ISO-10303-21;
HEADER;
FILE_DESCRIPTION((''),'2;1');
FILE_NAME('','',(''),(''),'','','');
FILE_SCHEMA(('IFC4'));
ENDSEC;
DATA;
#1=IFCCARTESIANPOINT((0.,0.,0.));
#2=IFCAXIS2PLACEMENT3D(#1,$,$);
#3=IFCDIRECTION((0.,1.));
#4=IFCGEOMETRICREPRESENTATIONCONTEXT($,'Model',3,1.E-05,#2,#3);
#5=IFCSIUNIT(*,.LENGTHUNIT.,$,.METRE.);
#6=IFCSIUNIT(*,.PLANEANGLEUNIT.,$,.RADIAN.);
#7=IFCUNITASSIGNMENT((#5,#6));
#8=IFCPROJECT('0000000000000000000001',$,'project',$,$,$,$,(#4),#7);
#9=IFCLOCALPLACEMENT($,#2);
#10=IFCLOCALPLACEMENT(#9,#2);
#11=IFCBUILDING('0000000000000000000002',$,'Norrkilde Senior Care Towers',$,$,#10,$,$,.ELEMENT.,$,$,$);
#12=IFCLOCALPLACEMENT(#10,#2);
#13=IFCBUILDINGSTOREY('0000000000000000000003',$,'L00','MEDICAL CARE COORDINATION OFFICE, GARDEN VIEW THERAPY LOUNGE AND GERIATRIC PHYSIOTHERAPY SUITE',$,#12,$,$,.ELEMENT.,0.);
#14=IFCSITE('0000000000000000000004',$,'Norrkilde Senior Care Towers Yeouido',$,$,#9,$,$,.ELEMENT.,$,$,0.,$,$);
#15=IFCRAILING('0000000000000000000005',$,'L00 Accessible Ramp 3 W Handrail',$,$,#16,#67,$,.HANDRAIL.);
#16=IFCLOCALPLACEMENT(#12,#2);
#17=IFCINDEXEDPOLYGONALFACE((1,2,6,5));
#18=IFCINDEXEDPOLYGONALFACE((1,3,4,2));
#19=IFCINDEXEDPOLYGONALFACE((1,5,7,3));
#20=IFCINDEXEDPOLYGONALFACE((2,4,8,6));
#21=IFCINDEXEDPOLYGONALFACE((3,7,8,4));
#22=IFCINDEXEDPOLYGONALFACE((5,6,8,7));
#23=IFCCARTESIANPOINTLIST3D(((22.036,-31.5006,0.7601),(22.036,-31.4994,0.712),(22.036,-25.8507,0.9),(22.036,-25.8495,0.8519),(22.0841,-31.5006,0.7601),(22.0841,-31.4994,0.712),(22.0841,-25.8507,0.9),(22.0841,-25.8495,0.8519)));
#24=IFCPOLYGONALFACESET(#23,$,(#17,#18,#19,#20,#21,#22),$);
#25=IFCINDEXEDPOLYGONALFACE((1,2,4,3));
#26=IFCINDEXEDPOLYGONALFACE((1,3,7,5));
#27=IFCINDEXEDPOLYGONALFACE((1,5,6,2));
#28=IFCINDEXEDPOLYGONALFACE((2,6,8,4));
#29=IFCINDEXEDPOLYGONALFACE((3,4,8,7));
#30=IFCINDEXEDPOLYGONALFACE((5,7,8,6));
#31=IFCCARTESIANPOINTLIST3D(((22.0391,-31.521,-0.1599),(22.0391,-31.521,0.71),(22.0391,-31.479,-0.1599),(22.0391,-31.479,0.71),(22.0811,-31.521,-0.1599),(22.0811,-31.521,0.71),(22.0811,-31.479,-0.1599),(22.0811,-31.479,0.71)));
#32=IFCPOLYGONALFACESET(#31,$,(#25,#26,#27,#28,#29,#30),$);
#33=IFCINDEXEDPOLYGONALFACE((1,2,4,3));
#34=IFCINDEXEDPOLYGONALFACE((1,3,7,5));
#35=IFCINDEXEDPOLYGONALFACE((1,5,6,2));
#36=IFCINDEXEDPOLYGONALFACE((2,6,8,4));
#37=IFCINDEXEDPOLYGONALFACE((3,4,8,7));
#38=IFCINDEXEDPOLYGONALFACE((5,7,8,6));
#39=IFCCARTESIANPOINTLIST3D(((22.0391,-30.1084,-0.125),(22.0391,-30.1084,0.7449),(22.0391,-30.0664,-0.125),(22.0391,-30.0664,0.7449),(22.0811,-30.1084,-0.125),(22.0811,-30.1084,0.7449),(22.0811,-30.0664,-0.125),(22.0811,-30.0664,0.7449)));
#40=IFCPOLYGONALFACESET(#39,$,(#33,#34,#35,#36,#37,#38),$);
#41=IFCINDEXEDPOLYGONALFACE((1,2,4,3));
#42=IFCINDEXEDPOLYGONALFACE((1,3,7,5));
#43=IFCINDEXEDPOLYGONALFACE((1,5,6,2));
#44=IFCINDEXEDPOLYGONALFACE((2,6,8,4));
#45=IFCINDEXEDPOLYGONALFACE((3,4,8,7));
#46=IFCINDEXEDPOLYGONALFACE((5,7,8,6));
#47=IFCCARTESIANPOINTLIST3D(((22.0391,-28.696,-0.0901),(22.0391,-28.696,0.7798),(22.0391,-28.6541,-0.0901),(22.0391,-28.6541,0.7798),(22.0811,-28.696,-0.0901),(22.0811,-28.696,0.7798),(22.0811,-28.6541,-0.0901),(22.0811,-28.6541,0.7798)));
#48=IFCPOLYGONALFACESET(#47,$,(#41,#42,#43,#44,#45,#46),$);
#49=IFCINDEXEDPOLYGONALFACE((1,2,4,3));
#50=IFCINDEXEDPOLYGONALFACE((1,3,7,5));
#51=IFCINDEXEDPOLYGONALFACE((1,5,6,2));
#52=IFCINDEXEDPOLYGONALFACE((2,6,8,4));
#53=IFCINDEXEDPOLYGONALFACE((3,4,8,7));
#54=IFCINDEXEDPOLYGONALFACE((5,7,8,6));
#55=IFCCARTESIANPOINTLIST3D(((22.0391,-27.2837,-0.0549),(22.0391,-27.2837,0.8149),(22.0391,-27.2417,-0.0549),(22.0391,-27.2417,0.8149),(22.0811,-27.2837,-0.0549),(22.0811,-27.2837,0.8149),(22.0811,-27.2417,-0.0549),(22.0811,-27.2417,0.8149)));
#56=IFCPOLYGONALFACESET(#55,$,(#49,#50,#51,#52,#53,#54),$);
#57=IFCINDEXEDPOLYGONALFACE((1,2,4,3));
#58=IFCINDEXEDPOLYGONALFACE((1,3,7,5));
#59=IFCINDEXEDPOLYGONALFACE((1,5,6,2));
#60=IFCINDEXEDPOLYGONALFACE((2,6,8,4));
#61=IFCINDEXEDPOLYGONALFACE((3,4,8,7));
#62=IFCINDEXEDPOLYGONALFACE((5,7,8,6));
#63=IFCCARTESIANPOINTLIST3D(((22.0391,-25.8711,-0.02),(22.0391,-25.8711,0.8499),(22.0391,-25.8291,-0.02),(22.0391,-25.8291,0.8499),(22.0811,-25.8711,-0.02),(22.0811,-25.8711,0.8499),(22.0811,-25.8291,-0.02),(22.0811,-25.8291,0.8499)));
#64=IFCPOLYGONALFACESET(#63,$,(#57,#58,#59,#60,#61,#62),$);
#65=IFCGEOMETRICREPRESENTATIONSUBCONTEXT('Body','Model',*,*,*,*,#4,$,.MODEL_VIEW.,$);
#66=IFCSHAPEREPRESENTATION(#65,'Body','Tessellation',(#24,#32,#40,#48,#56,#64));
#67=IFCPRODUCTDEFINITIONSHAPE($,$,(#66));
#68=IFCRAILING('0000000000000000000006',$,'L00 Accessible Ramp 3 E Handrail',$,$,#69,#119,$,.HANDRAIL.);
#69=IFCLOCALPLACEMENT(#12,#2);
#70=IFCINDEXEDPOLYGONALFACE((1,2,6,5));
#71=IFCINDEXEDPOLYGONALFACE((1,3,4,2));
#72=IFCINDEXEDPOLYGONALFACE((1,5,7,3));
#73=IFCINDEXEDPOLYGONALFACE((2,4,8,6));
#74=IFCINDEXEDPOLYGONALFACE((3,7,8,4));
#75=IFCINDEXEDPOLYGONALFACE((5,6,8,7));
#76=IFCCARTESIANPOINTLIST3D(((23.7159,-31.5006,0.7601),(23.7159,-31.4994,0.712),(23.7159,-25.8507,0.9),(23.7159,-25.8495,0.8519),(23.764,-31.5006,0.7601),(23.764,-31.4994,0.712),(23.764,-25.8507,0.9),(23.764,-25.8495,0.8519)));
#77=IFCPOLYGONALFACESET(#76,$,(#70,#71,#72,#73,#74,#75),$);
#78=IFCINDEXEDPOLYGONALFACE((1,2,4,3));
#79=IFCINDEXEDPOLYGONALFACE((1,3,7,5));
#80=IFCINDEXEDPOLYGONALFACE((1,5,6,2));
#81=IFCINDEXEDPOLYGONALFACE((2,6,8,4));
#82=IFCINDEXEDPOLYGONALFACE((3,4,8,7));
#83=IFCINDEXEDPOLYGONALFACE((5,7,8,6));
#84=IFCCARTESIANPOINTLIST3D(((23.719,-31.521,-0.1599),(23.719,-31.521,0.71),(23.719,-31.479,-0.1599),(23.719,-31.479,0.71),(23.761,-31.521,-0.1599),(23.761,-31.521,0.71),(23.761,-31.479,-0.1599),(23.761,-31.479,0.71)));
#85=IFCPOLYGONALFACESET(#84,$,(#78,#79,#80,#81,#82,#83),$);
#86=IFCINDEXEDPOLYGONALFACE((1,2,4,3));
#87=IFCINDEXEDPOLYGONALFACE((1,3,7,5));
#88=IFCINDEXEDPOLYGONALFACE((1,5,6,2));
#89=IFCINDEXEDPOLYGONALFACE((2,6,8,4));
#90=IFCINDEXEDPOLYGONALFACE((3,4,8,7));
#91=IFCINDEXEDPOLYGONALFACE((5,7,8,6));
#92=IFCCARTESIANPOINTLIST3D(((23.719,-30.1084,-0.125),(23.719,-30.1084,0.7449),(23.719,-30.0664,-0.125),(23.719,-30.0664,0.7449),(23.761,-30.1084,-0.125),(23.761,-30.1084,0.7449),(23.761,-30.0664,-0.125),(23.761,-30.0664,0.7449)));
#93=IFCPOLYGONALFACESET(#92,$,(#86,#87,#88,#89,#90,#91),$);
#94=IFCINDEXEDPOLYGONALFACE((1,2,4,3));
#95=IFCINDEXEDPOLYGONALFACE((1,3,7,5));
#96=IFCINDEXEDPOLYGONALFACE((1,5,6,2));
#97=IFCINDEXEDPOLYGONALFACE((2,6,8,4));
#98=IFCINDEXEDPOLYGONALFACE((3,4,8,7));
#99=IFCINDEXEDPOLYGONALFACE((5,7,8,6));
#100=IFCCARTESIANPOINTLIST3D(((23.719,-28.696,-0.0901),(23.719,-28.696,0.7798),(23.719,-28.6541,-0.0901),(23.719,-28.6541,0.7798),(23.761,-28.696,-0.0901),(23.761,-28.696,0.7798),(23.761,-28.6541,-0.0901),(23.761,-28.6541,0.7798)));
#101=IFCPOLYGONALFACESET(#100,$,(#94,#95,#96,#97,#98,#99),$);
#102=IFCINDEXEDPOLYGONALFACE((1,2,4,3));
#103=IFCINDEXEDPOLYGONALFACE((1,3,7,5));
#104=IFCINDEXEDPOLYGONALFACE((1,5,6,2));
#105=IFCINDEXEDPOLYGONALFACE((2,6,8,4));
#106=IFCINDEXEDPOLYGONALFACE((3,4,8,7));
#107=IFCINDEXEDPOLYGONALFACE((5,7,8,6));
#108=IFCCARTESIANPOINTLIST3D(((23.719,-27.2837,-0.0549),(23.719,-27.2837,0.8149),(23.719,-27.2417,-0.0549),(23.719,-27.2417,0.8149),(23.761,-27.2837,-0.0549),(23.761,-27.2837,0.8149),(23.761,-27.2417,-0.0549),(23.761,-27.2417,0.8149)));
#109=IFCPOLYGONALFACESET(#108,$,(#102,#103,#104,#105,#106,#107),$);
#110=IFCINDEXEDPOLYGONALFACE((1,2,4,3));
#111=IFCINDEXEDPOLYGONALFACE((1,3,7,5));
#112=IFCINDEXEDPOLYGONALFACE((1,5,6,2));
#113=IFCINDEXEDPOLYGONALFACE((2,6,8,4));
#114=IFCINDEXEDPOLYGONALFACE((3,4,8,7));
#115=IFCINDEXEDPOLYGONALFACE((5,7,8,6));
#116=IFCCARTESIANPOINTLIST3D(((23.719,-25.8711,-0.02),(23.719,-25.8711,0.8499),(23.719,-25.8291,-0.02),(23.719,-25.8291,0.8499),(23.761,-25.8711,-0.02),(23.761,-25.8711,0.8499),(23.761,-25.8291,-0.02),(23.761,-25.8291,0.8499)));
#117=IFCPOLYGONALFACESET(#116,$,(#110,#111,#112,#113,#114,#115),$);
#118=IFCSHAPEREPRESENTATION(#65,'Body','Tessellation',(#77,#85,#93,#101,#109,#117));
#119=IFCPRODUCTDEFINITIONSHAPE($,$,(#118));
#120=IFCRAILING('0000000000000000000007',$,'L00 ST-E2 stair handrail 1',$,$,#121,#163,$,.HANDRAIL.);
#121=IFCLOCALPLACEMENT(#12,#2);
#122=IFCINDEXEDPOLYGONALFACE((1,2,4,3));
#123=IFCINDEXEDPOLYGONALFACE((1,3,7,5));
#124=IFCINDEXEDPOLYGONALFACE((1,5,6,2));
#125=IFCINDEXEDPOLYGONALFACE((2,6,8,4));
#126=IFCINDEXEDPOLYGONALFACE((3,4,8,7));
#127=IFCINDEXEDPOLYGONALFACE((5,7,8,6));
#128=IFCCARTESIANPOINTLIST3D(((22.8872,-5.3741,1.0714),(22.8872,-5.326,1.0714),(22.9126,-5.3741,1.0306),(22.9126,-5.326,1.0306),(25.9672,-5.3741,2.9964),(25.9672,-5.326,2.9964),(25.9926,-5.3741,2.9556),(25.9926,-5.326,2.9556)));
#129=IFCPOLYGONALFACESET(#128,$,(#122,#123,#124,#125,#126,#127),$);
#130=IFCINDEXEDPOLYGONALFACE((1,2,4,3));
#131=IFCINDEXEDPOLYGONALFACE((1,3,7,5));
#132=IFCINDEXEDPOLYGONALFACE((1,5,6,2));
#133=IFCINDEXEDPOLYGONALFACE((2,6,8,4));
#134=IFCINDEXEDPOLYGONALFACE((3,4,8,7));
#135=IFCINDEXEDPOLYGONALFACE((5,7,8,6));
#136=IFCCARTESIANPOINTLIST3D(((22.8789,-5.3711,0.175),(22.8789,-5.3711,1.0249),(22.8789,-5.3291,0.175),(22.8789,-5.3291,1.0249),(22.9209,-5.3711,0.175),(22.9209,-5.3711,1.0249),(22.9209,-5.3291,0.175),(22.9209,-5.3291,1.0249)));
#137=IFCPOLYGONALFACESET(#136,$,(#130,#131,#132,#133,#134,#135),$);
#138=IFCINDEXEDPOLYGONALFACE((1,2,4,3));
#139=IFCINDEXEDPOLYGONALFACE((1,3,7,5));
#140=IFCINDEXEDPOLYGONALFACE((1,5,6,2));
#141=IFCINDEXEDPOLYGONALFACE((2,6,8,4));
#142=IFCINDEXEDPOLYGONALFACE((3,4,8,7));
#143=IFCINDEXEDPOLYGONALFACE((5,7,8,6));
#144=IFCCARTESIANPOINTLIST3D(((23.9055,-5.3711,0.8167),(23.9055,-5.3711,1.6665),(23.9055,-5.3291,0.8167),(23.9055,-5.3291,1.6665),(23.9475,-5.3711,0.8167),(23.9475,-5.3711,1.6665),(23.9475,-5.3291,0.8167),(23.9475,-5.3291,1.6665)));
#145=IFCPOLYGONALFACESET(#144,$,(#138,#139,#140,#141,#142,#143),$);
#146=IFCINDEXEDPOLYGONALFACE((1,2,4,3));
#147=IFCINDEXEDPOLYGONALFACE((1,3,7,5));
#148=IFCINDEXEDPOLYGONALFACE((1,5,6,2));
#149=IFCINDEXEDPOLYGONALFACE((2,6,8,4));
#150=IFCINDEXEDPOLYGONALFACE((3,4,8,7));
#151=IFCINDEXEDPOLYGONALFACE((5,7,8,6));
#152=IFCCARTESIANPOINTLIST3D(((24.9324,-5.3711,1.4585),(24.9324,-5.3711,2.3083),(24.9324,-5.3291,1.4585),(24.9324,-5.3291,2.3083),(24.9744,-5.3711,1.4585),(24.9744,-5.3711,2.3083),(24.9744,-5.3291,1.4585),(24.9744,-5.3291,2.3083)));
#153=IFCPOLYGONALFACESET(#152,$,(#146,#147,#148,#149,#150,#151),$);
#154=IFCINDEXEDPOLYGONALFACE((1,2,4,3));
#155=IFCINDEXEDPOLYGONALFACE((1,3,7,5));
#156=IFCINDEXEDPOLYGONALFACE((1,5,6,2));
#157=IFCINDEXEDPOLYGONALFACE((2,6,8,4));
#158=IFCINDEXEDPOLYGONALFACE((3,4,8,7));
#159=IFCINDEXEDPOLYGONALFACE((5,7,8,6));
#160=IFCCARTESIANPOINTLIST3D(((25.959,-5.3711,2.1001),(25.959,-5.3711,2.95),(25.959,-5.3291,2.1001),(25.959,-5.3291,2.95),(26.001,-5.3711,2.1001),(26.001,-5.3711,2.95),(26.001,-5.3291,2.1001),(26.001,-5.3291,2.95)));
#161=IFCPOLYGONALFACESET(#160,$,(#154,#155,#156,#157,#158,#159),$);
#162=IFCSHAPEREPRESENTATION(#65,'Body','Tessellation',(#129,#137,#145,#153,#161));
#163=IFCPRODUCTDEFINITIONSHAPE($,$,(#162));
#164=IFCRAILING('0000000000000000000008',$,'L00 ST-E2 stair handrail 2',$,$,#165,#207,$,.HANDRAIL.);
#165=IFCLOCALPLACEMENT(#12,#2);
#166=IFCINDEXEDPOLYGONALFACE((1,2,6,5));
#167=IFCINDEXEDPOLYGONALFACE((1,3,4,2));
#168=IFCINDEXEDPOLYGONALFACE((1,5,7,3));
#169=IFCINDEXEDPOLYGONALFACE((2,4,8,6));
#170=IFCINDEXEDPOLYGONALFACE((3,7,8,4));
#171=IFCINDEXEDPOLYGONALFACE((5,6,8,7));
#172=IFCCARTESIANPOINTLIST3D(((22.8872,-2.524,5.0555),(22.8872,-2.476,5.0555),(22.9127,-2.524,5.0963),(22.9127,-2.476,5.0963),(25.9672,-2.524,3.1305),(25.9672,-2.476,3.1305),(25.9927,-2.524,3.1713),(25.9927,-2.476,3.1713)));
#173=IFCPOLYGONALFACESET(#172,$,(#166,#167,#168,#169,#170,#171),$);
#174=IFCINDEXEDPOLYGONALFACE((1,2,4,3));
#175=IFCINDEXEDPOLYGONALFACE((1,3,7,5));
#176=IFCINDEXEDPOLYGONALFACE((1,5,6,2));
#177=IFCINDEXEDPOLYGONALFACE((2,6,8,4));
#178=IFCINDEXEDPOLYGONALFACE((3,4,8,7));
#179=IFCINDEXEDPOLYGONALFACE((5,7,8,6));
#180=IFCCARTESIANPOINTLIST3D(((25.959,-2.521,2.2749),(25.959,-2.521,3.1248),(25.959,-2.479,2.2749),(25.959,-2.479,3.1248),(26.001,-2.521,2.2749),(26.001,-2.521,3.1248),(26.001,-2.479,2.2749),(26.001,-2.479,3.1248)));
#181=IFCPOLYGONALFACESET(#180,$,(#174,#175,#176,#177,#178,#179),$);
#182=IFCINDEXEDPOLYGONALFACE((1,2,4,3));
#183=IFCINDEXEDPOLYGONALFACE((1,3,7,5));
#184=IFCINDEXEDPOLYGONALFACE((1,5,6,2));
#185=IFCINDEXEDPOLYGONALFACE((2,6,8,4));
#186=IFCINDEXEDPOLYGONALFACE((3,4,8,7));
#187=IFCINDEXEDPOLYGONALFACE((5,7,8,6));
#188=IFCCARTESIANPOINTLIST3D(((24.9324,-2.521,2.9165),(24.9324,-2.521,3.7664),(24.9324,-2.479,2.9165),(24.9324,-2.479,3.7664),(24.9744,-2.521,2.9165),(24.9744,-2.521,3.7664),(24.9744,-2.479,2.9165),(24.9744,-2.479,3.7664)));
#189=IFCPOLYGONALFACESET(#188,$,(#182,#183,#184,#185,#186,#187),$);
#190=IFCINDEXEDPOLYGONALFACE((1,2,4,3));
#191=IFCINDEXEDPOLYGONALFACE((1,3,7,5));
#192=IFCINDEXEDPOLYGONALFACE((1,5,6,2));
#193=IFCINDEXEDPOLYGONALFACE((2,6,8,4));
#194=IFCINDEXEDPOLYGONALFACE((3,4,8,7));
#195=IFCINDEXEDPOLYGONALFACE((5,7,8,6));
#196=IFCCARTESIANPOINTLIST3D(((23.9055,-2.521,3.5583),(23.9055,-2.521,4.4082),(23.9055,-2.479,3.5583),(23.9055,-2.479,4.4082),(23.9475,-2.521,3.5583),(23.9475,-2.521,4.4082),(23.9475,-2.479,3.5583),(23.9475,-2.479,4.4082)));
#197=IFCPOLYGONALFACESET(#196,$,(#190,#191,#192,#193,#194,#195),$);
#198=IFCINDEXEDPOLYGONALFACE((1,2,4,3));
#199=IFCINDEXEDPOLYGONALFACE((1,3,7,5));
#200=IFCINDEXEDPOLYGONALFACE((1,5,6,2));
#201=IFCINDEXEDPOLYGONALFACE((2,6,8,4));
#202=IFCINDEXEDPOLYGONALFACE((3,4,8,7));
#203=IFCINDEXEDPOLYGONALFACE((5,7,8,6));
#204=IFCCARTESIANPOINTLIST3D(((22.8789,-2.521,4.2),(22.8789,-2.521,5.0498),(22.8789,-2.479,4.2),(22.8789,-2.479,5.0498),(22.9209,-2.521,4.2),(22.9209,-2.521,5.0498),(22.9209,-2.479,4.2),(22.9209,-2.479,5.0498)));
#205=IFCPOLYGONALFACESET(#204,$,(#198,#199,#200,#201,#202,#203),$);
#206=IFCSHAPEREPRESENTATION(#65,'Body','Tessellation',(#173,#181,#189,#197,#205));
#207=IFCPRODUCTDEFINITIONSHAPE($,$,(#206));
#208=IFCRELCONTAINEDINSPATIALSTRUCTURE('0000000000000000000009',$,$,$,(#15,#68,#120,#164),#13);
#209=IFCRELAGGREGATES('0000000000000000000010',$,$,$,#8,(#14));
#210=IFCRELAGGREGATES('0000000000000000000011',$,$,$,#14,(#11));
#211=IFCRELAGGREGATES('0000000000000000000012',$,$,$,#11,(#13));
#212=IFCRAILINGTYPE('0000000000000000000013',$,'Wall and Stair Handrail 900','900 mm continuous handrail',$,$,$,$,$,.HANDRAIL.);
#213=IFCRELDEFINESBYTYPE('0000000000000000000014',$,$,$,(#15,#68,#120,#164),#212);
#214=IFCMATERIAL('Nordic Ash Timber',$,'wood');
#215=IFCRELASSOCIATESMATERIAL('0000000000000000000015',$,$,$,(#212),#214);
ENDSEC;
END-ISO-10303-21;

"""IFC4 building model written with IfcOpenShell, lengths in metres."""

from ifc_helpers import new_model, si_unit, direction, frame, origin, origin_2d, place, context, subcontext, project, spatial, rectangle, extrude, material, type_object, element, save


model = new_model("IFC4")

# Units and contexts
model_context = context("Model", 3, precision=1e-05, world=origin(), true_north=direction((0.0, 1.0)))
body_context = subcontext(model_context, "Body", "Model", "MODEL_VIEW")
ifc_project = project(units=[si_unit("LENGTHUNIT", "METRE"), si_unit("PLANEANGLEUNIT", "RADIAN")], contexts=[model_context])

# Site, building, storey
site_placement = place(None, origin())
site = spatial("IfcSite", under=ifc_project, at=site_placement, Name="Norrkilde Senior Care Towers Yeouido", CompositionType="ELEMENT", RefElevation=0.0)
building_placement = place(site_placement, origin())
building = spatial("IfcBuilding", under=site, at=building_placement, Name="Norrkilde Senior Care Towers", CompositionType="ELEMENT")
storey_placement = place(building_placement, origin())
storey = spatial("IfcBuildingStorey", under=building, at=storey_placement, Name="L00", Description="MEDICAL CARE COORDINATION OFFICE, GARDEN VIEW THERAPY LOUNGE AND GERIATRIC PHYSIOTHERAPY SUITE", CompositionType="ELEMENT", Elevation=0.0)

# Railings
ifc_material_1 = material(Name="Nordic Ash Timber", Category="wood")
railing_type_1 = type_object("IfcRailingType", Name="Wall and Stair Handrail 900", Description="900 mm continuous handrail", PredefinedType="HANDRAIL", material=ifc_material_1)
for number, where, name in (
    (1, (22.0601, -31.5, -0.1599), "L00 Accessible Ramp 3 W Handrail"),
    (2, (23.74, -31.5, -0.1599), "L00 Accessible Ramp 3 E Handrail"),
):
    element("IfcRailing", number, at=place(storey_placement, frame(where)), inside=storey, type_object=railing_type_1, Name=name, PredefinedType="HANDRAIL", context=body_context, shape_type="SweptSolid", body=[
        extrude(rectangle(XDim=0.0481, YDim=0.0481, at=origin_2d()), frame((0.0, 0.0, 0.896), z_axis=(0.0, 0.999694, 0.024753), x_axis=(-1.0, 0.0, 0.0)), (0.0, 0.0, 1.0), 5.6516),
        extrude(rectangle(XDim=0.042, YDim=0.042, at=origin_2d()), origin(), (0.0, 0.0, 1.0), 0.8699),
        extrude(rectangle(XDim=0.042, YDim=0.042, at=origin_2d()), frame((0.0, 1.4126, 0.0349)), (0.0, 0.0, 1.0), 0.8699),
        extrude(rectangle(XDim=0.042, YDim=0.042, at=origin_2d()), frame((0.0, 2.825, 0.0698)), (0.0, 0.0, 1.0), 0.8699),
        extrude(rectangle(XDim=0.042, YDim=0.042, at=origin_2d()), frame((0.0, 4.2373, 0.105)), (0.0, 0.0, 1.0), 0.8699),
        extrude(rectangle(XDim=0.042, YDim=0.042, at=origin_2d()), frame((0.0, 5.6499, 0.1399)), (0.0, 0.0, 1.0), 0.8699),
    ])
railing_1_placement = place(storey_placement, frame((22.8999, -5.3501, 0.175)))
element("IfcRailing", 3, at=railing_1_placement, inside=storey, type_object=railing_type_1, Name="L00 ST-E2 stair handrail 1", PredefinedType="HANDRAIL", context=body_context, shape_type="SweptSolid", body=[
    extrude(rectangle(XDim=0.0481, YDim=0.0481, at=origin_2d()), frame((0.0, 0.0, 0.876), z_axis=(0.847998, 0.0, 0.529999), x_axis=(0.0, 1.0, 0.0)), (0.0, 0.0, 1.0), 3.6321),
    extrude(rectangle(XDim=0.042, YDim=0.042, at=origin_2d()), origin(), (0.0, 0.0, 1.0), 0.8499),
    extrude(rectangle(XDim=0.042, YDim=0.042, at=origin_2d()), frame((1.0266, 0.0, 0.6416)), (0.0, 0.0, 1.0), 0.8499),
    extrude(rectangle(XDim=0.042, YDim=0.042, at=origin_2d()), frame((2.0535, 0.0, 1.2834)), (0.0, 0.0, 1.0), 0.8499),
    extrude(rectangle(XDim=0.042, YDim=0.042, at=origin_2d()), frame((3.0801, 0.0, 1.925)), (0.0, 0.0, 1.0), 0.8499),
])
railing_2_placement = place(storey_placement, frame((25.98, -2.5, 2.2749)))
element("IfcRailing", 4, at=railing_2_placement, inside=storey, type_object=railing_type_1, Name="L00 ST-E2 stair handrail 2", PredefinedType="HANDRAIL", context=body_context, shape_type="SweptSolid", body=[
    extrude(rectangle(XDim=0.0481, YDim=0.0481, at=origin_2d()), frame((0.0, 0.0, 0.876), z_axis=(-0.847998, 0.0, 0.529999), x_axis=(0.0, -1.0, 0.0)), (0.0, 0.0, 1.0), 3.6321),
    extrude(rectangle(XDim=0.042, YDim=0.042, at=origin_2d()), origin(), (0.0, 0.0, 1.0), 0.8499),
    extrude(rectangle(XDim=0.042, YDim=0.042, at=origin_2d()), frame((-1.0266, 0.0, 0.6416)), (0.0, 0.0, 1.0), 0.8499),
    extrude(rectangle(XDim=0.042, YDim=0.042, at=origin_2d()), frame((-2.0535, 0.0, 1.2834)), (0.0, 0.0, 1.0), 0.8499),
    extrude(rectangle(XDim=0.042, YDim=0.042, at=origin_2d()), frame((-3.0801, 0.0, 1.925)), (0.0, 0.0, 1.0), 0.8499),
])

save(model, "model.ifc")
